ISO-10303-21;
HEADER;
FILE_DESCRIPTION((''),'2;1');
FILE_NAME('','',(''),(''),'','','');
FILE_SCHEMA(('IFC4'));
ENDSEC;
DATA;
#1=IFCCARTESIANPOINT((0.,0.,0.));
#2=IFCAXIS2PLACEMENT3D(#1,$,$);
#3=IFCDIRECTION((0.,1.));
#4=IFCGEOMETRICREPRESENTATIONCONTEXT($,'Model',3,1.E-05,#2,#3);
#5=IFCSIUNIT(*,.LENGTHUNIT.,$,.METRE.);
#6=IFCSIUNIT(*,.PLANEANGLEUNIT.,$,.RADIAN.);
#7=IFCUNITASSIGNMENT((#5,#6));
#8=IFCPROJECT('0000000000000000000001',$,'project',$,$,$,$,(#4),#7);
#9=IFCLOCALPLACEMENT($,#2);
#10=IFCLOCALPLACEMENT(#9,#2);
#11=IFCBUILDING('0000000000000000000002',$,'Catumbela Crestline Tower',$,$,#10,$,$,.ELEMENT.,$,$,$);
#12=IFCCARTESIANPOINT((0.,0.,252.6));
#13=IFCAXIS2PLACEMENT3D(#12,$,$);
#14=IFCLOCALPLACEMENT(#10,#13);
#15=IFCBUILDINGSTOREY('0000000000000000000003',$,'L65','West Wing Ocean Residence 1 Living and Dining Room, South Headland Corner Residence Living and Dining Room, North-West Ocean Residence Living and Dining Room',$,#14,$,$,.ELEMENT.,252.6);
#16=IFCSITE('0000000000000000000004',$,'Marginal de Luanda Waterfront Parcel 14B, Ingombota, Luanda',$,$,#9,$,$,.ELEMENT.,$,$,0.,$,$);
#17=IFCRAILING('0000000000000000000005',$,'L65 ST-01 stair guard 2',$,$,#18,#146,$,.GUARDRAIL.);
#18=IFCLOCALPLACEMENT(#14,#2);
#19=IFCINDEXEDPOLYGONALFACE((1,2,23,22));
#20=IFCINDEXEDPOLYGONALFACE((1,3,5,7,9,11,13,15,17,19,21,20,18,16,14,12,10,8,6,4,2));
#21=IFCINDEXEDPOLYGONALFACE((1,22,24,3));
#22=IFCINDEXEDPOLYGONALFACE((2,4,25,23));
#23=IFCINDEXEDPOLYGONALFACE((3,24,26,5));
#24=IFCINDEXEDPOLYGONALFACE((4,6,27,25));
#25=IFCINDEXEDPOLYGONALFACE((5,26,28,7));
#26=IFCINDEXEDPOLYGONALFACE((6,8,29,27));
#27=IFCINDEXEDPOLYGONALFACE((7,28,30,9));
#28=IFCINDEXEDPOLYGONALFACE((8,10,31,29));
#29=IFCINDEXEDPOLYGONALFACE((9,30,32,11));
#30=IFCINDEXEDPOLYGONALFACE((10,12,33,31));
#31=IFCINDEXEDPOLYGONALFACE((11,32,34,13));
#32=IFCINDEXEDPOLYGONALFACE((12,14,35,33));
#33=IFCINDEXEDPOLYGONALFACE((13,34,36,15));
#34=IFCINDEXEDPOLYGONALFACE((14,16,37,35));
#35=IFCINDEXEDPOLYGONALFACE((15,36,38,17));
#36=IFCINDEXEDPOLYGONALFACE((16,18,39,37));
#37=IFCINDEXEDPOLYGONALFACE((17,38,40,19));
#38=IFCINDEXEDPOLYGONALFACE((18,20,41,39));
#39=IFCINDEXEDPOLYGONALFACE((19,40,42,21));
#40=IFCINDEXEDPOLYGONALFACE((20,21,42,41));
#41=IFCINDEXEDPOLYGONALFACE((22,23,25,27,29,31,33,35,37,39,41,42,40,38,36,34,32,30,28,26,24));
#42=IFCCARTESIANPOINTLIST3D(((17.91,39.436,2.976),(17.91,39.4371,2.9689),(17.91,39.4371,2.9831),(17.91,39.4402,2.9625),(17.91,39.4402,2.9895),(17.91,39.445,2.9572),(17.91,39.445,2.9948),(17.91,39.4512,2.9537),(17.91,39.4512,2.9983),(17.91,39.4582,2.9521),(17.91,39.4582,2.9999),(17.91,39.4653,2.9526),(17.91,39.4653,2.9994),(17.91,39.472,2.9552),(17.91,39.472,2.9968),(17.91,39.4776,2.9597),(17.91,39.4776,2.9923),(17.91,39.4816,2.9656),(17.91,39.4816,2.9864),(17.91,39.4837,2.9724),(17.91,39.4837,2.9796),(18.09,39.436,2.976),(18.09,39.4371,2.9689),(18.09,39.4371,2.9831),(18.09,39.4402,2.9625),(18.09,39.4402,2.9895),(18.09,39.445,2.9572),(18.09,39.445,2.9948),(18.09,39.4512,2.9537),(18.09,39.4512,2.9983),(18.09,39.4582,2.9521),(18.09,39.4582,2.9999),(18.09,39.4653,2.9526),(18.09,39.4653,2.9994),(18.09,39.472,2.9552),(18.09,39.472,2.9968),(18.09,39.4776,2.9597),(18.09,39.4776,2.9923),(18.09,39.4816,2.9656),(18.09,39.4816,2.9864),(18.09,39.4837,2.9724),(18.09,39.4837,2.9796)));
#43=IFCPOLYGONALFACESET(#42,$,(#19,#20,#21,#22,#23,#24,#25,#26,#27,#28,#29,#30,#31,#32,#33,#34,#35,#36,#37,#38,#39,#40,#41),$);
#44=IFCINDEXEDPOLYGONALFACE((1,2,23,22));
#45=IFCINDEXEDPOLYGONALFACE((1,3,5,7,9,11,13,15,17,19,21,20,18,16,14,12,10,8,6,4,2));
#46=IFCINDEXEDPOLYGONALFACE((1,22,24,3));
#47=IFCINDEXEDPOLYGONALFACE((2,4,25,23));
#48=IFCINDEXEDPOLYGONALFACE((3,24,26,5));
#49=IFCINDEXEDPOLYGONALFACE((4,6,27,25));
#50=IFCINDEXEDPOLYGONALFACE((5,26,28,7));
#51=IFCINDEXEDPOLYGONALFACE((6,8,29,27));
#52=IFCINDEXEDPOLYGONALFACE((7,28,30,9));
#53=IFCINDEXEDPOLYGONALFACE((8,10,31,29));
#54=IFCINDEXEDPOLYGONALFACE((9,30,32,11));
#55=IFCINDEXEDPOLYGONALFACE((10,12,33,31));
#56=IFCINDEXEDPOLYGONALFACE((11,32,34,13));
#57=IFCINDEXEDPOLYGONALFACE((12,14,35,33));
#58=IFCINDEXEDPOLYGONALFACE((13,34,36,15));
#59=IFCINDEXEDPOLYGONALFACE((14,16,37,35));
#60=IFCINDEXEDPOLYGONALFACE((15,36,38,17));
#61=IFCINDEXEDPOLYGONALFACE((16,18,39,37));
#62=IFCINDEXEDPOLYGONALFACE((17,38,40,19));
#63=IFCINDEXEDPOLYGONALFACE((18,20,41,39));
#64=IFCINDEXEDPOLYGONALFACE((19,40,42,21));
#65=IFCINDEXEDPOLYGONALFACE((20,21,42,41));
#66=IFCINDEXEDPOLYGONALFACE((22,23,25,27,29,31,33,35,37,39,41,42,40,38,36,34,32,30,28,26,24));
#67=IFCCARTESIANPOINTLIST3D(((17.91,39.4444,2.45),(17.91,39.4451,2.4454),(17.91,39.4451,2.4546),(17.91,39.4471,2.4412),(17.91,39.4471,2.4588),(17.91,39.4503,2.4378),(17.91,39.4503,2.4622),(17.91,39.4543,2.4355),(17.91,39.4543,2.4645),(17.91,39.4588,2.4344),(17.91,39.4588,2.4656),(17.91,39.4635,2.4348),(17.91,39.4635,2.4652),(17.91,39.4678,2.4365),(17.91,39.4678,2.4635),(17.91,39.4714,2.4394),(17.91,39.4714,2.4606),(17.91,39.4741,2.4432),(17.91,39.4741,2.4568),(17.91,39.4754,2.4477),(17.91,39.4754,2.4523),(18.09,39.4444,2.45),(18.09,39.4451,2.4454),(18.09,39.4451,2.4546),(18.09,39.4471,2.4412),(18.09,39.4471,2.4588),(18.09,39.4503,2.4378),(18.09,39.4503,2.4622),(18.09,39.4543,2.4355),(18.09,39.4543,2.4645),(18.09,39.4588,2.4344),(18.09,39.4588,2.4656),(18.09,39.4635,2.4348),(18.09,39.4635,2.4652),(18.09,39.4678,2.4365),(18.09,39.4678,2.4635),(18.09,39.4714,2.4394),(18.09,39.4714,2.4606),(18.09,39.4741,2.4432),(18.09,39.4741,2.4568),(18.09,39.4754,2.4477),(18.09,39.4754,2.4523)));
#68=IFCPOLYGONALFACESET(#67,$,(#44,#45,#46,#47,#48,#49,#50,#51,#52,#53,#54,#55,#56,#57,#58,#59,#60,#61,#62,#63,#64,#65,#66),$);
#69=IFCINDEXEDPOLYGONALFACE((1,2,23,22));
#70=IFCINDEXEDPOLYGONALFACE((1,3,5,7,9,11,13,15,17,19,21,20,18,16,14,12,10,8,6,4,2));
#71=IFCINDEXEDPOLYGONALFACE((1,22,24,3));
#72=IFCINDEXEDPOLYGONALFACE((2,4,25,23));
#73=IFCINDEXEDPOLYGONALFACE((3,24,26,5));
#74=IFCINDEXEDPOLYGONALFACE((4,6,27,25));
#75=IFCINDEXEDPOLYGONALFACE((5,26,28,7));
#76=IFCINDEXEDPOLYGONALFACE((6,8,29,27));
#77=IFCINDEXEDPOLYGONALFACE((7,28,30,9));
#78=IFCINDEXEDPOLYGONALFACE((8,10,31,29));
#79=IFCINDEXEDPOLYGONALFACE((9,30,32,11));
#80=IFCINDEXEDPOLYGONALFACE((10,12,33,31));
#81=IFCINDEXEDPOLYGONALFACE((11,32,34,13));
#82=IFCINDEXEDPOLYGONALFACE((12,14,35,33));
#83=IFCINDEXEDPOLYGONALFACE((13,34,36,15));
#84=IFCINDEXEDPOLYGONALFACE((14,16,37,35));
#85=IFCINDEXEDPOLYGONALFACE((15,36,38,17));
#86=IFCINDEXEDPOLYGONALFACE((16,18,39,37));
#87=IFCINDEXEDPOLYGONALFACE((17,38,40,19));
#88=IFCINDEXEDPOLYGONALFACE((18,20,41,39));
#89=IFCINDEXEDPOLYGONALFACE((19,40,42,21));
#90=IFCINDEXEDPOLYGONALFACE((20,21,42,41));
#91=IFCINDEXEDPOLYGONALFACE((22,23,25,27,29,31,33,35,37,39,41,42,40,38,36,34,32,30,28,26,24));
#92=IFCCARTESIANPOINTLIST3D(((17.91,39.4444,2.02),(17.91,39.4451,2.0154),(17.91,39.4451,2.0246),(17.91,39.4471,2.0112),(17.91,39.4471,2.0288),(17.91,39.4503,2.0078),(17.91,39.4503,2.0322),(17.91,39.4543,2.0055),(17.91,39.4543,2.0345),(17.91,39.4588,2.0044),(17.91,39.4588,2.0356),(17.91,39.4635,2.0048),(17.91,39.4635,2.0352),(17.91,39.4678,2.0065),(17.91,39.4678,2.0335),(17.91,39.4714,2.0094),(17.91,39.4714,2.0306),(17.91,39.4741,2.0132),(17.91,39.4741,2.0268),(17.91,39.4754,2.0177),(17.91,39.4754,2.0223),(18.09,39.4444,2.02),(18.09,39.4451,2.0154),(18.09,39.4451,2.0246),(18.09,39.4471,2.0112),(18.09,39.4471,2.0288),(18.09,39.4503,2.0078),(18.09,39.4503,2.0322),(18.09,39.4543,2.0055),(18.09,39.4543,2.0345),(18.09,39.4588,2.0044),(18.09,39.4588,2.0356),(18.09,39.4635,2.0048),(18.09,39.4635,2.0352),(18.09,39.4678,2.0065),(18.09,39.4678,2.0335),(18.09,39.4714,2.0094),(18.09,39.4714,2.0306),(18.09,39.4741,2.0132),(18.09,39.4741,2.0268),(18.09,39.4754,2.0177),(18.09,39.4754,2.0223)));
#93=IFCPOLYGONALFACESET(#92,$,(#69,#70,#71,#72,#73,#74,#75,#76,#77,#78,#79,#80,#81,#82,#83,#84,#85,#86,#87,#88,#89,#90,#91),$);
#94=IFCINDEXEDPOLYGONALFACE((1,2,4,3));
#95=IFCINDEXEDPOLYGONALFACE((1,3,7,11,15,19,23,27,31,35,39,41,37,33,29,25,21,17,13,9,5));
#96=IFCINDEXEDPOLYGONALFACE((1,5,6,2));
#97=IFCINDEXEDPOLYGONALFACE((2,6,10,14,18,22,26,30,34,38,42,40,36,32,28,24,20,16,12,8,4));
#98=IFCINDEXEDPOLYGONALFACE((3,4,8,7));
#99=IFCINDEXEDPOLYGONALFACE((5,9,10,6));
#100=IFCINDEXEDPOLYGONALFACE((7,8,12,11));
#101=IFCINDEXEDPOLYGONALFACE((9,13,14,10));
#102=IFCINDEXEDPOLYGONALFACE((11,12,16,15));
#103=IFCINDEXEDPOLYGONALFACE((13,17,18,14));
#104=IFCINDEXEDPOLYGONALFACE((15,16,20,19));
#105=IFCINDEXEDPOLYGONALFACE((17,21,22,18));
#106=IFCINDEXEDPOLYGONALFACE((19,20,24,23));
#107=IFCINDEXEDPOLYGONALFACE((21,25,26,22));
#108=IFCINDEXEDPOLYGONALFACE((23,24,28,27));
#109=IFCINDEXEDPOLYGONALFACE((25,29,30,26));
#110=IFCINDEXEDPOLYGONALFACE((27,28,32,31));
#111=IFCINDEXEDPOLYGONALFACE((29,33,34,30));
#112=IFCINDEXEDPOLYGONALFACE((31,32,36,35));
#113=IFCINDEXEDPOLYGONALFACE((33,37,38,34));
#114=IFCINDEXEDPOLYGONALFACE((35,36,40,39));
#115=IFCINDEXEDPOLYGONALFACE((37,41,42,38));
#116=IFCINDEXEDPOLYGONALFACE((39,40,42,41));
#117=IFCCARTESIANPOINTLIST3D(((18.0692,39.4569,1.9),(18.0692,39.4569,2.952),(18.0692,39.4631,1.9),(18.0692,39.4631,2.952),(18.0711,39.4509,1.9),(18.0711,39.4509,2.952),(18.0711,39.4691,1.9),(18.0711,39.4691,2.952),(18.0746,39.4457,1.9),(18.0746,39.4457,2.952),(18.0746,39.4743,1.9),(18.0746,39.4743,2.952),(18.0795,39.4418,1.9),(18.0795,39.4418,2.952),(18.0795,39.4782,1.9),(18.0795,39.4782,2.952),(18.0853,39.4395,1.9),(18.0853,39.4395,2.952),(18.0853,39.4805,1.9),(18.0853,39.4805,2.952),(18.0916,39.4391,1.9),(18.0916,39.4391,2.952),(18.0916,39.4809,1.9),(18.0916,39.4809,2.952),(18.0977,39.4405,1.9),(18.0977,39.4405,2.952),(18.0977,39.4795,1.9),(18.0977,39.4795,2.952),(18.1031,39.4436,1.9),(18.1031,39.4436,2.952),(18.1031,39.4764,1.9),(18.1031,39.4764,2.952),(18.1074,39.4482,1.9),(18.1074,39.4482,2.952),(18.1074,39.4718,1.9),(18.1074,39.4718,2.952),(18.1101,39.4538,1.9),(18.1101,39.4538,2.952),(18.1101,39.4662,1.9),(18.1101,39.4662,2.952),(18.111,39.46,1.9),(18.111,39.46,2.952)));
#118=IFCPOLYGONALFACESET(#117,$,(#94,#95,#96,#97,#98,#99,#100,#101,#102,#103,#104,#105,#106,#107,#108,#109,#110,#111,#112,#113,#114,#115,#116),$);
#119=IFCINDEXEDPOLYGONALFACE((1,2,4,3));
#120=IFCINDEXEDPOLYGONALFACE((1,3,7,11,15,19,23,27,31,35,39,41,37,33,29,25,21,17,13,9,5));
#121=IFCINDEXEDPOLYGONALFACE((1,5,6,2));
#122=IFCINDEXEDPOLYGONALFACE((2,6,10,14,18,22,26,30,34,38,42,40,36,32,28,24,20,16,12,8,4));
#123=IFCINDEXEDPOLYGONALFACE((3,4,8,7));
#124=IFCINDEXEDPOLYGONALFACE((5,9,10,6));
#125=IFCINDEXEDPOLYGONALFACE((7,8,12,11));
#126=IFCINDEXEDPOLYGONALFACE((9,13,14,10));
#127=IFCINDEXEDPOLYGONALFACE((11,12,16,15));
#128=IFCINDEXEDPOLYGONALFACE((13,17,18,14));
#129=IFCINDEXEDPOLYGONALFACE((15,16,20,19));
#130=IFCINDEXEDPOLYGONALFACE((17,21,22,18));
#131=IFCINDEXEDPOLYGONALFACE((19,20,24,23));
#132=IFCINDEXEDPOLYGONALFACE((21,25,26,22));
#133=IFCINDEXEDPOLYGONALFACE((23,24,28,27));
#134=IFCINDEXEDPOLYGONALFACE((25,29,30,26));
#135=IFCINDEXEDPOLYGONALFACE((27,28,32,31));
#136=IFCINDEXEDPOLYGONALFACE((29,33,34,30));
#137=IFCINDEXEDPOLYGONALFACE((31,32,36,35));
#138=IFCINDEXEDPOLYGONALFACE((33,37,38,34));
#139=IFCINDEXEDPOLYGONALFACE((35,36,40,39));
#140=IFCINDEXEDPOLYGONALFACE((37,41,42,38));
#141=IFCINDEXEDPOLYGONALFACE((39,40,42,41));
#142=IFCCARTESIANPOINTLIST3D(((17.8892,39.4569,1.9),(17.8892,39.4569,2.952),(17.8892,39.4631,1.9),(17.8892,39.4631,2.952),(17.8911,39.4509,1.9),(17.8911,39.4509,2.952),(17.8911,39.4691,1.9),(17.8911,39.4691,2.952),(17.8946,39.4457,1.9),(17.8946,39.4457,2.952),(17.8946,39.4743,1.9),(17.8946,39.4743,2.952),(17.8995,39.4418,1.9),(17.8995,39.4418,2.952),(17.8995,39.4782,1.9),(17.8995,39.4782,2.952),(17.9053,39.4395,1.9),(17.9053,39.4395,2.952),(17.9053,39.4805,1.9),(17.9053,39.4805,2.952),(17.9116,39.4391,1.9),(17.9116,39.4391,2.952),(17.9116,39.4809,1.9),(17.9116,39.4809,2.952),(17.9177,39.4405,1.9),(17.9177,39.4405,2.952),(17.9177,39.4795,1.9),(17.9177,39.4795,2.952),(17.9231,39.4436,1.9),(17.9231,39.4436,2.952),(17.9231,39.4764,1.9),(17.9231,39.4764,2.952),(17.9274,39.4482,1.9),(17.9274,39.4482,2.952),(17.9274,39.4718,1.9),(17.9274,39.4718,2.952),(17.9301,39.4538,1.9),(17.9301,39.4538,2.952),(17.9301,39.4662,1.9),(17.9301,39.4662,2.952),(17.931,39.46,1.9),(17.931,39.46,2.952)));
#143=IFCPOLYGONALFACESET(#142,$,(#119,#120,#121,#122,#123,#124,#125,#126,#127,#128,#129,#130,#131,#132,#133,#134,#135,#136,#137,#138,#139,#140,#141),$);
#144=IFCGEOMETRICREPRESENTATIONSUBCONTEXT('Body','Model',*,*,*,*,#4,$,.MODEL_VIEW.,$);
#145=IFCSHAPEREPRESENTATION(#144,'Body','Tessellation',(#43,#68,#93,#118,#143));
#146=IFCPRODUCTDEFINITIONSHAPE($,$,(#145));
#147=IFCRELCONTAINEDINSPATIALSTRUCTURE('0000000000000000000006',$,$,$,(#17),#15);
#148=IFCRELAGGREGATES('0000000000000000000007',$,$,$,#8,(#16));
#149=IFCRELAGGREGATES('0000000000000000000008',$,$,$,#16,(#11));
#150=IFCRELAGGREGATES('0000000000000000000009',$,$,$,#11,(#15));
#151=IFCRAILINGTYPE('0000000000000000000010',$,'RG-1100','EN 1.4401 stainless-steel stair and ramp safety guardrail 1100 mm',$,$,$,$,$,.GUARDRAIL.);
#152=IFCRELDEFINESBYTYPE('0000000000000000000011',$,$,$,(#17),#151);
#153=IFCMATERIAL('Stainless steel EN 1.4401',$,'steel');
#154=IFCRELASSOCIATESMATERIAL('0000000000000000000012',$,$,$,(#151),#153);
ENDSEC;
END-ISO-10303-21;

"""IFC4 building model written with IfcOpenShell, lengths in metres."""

from ifc_helpers import new_model, si_unit, direction, frame, origin, origin_2d, place, context, subcontext, project, spatial, circle, extrude, material, type_object, element, save


model = new_model("IFC4")

# Units and contexts
model_context = context("Model", 3, precision=1e-05, world=origin(), true_north=direction((0.0, 1.0)))
body_context = subcontext(model_context, "Body", "Model", "MODEL_VIEW")
ifc_project = project(units=[si_unit("LENGTHUNIT", "METRE"), si_unit("PLANEANGLEUNIT", "RADIAN")], contexts=[model_context])

# Site, building, storey
site_placement = place(None, origin())
site = spatial("IfcSite", under=ifc_project, at=site_placement, Name="Marginal de Luanda Waterfront Parcel 14B, Ingombota, Luanda", CompositionType="ELEMENT", RefElevation=0.0)
building_placement = place(site_placement, origin())
building = spatial("IfcBuilding", under=site, at=building_placement, Name="Catumbela Crestline Tower", CompositionType="ELEMENT")
storey_placement = place(building_placement, frame((0.0, 0.0, 252.6)))
storey = spatial("IfcBuildingStorey", under=building, at=storey_placement, Name="L65", Description="West Wing Ocean Residence 1 Living and Dining Room, South Headland Corner Residence Living and Dining Room, North-West Ocean Residence Living and Dining Room", CompositionType="ELEMENT", Elevation=252.6)

# Shared definitions
ifc_material_1 = material(Name="Stainless steel EN 1.4401", Category="steel")

# Railing
railing_type_1 = type_object("IfcRailingType", Name="RG-1100", Description="EN 1.4401 stainless-steel stair and ramp safety guardrail 1100 mm", PredefinedType="GUARDRAIL", material=ifc_material_1)
railing_1_placement = place(storey_placement, frame((18.09, 39.46, 1.9)))
element("IfcRailing", 1, at=railing_1_placement, inside=storey, type_object=railing_type_1, Name="L65 ST-01 stair guard 2", PredefinedType="GUARDRAIL", context=body_context, shape_type="SweptSolid", body=[
    extrude(circle(Radius=0.024, at=origin_2d()), frame((0.0, 0.0, 1.076), z_axis=(-1.0, 0.0, 0.0), x_axis=(0.0, -1.0, 0.0)), (0.0, 0.0, 1.0), 0.18),
    extrude(circle(Radius=0.0156, at=origin_2d()), frame((0.0, 0.0, 0.55), z_axis=(-1.0, 0.0, 0.0), x_axis=(0.0, -1.0, 0.0)), (0.0, 0.0, 1.0), 0.18),
    extrude(circle(Radius=0.0156, at=origin_2d()), frame((0.0, 0.0, 0.12), z_axis=(-1.0, 0.0, 0.0), x_axis=(0.0, -1.0, 0.0)), (0.0, 0.0, 1.0), 0.18),
    extrude(circle(Radius=0.021, at=origin_2d()), origin(), (0.0, 0.0, 1.0), 1.052),
    extrude(circle(Radius=0.021, at=origin_2d()), frame((-0.18, 0.0, 0.0)), (0.0, 0.0, 1.0), 1.052),
])

save(model, "model.ifc")
